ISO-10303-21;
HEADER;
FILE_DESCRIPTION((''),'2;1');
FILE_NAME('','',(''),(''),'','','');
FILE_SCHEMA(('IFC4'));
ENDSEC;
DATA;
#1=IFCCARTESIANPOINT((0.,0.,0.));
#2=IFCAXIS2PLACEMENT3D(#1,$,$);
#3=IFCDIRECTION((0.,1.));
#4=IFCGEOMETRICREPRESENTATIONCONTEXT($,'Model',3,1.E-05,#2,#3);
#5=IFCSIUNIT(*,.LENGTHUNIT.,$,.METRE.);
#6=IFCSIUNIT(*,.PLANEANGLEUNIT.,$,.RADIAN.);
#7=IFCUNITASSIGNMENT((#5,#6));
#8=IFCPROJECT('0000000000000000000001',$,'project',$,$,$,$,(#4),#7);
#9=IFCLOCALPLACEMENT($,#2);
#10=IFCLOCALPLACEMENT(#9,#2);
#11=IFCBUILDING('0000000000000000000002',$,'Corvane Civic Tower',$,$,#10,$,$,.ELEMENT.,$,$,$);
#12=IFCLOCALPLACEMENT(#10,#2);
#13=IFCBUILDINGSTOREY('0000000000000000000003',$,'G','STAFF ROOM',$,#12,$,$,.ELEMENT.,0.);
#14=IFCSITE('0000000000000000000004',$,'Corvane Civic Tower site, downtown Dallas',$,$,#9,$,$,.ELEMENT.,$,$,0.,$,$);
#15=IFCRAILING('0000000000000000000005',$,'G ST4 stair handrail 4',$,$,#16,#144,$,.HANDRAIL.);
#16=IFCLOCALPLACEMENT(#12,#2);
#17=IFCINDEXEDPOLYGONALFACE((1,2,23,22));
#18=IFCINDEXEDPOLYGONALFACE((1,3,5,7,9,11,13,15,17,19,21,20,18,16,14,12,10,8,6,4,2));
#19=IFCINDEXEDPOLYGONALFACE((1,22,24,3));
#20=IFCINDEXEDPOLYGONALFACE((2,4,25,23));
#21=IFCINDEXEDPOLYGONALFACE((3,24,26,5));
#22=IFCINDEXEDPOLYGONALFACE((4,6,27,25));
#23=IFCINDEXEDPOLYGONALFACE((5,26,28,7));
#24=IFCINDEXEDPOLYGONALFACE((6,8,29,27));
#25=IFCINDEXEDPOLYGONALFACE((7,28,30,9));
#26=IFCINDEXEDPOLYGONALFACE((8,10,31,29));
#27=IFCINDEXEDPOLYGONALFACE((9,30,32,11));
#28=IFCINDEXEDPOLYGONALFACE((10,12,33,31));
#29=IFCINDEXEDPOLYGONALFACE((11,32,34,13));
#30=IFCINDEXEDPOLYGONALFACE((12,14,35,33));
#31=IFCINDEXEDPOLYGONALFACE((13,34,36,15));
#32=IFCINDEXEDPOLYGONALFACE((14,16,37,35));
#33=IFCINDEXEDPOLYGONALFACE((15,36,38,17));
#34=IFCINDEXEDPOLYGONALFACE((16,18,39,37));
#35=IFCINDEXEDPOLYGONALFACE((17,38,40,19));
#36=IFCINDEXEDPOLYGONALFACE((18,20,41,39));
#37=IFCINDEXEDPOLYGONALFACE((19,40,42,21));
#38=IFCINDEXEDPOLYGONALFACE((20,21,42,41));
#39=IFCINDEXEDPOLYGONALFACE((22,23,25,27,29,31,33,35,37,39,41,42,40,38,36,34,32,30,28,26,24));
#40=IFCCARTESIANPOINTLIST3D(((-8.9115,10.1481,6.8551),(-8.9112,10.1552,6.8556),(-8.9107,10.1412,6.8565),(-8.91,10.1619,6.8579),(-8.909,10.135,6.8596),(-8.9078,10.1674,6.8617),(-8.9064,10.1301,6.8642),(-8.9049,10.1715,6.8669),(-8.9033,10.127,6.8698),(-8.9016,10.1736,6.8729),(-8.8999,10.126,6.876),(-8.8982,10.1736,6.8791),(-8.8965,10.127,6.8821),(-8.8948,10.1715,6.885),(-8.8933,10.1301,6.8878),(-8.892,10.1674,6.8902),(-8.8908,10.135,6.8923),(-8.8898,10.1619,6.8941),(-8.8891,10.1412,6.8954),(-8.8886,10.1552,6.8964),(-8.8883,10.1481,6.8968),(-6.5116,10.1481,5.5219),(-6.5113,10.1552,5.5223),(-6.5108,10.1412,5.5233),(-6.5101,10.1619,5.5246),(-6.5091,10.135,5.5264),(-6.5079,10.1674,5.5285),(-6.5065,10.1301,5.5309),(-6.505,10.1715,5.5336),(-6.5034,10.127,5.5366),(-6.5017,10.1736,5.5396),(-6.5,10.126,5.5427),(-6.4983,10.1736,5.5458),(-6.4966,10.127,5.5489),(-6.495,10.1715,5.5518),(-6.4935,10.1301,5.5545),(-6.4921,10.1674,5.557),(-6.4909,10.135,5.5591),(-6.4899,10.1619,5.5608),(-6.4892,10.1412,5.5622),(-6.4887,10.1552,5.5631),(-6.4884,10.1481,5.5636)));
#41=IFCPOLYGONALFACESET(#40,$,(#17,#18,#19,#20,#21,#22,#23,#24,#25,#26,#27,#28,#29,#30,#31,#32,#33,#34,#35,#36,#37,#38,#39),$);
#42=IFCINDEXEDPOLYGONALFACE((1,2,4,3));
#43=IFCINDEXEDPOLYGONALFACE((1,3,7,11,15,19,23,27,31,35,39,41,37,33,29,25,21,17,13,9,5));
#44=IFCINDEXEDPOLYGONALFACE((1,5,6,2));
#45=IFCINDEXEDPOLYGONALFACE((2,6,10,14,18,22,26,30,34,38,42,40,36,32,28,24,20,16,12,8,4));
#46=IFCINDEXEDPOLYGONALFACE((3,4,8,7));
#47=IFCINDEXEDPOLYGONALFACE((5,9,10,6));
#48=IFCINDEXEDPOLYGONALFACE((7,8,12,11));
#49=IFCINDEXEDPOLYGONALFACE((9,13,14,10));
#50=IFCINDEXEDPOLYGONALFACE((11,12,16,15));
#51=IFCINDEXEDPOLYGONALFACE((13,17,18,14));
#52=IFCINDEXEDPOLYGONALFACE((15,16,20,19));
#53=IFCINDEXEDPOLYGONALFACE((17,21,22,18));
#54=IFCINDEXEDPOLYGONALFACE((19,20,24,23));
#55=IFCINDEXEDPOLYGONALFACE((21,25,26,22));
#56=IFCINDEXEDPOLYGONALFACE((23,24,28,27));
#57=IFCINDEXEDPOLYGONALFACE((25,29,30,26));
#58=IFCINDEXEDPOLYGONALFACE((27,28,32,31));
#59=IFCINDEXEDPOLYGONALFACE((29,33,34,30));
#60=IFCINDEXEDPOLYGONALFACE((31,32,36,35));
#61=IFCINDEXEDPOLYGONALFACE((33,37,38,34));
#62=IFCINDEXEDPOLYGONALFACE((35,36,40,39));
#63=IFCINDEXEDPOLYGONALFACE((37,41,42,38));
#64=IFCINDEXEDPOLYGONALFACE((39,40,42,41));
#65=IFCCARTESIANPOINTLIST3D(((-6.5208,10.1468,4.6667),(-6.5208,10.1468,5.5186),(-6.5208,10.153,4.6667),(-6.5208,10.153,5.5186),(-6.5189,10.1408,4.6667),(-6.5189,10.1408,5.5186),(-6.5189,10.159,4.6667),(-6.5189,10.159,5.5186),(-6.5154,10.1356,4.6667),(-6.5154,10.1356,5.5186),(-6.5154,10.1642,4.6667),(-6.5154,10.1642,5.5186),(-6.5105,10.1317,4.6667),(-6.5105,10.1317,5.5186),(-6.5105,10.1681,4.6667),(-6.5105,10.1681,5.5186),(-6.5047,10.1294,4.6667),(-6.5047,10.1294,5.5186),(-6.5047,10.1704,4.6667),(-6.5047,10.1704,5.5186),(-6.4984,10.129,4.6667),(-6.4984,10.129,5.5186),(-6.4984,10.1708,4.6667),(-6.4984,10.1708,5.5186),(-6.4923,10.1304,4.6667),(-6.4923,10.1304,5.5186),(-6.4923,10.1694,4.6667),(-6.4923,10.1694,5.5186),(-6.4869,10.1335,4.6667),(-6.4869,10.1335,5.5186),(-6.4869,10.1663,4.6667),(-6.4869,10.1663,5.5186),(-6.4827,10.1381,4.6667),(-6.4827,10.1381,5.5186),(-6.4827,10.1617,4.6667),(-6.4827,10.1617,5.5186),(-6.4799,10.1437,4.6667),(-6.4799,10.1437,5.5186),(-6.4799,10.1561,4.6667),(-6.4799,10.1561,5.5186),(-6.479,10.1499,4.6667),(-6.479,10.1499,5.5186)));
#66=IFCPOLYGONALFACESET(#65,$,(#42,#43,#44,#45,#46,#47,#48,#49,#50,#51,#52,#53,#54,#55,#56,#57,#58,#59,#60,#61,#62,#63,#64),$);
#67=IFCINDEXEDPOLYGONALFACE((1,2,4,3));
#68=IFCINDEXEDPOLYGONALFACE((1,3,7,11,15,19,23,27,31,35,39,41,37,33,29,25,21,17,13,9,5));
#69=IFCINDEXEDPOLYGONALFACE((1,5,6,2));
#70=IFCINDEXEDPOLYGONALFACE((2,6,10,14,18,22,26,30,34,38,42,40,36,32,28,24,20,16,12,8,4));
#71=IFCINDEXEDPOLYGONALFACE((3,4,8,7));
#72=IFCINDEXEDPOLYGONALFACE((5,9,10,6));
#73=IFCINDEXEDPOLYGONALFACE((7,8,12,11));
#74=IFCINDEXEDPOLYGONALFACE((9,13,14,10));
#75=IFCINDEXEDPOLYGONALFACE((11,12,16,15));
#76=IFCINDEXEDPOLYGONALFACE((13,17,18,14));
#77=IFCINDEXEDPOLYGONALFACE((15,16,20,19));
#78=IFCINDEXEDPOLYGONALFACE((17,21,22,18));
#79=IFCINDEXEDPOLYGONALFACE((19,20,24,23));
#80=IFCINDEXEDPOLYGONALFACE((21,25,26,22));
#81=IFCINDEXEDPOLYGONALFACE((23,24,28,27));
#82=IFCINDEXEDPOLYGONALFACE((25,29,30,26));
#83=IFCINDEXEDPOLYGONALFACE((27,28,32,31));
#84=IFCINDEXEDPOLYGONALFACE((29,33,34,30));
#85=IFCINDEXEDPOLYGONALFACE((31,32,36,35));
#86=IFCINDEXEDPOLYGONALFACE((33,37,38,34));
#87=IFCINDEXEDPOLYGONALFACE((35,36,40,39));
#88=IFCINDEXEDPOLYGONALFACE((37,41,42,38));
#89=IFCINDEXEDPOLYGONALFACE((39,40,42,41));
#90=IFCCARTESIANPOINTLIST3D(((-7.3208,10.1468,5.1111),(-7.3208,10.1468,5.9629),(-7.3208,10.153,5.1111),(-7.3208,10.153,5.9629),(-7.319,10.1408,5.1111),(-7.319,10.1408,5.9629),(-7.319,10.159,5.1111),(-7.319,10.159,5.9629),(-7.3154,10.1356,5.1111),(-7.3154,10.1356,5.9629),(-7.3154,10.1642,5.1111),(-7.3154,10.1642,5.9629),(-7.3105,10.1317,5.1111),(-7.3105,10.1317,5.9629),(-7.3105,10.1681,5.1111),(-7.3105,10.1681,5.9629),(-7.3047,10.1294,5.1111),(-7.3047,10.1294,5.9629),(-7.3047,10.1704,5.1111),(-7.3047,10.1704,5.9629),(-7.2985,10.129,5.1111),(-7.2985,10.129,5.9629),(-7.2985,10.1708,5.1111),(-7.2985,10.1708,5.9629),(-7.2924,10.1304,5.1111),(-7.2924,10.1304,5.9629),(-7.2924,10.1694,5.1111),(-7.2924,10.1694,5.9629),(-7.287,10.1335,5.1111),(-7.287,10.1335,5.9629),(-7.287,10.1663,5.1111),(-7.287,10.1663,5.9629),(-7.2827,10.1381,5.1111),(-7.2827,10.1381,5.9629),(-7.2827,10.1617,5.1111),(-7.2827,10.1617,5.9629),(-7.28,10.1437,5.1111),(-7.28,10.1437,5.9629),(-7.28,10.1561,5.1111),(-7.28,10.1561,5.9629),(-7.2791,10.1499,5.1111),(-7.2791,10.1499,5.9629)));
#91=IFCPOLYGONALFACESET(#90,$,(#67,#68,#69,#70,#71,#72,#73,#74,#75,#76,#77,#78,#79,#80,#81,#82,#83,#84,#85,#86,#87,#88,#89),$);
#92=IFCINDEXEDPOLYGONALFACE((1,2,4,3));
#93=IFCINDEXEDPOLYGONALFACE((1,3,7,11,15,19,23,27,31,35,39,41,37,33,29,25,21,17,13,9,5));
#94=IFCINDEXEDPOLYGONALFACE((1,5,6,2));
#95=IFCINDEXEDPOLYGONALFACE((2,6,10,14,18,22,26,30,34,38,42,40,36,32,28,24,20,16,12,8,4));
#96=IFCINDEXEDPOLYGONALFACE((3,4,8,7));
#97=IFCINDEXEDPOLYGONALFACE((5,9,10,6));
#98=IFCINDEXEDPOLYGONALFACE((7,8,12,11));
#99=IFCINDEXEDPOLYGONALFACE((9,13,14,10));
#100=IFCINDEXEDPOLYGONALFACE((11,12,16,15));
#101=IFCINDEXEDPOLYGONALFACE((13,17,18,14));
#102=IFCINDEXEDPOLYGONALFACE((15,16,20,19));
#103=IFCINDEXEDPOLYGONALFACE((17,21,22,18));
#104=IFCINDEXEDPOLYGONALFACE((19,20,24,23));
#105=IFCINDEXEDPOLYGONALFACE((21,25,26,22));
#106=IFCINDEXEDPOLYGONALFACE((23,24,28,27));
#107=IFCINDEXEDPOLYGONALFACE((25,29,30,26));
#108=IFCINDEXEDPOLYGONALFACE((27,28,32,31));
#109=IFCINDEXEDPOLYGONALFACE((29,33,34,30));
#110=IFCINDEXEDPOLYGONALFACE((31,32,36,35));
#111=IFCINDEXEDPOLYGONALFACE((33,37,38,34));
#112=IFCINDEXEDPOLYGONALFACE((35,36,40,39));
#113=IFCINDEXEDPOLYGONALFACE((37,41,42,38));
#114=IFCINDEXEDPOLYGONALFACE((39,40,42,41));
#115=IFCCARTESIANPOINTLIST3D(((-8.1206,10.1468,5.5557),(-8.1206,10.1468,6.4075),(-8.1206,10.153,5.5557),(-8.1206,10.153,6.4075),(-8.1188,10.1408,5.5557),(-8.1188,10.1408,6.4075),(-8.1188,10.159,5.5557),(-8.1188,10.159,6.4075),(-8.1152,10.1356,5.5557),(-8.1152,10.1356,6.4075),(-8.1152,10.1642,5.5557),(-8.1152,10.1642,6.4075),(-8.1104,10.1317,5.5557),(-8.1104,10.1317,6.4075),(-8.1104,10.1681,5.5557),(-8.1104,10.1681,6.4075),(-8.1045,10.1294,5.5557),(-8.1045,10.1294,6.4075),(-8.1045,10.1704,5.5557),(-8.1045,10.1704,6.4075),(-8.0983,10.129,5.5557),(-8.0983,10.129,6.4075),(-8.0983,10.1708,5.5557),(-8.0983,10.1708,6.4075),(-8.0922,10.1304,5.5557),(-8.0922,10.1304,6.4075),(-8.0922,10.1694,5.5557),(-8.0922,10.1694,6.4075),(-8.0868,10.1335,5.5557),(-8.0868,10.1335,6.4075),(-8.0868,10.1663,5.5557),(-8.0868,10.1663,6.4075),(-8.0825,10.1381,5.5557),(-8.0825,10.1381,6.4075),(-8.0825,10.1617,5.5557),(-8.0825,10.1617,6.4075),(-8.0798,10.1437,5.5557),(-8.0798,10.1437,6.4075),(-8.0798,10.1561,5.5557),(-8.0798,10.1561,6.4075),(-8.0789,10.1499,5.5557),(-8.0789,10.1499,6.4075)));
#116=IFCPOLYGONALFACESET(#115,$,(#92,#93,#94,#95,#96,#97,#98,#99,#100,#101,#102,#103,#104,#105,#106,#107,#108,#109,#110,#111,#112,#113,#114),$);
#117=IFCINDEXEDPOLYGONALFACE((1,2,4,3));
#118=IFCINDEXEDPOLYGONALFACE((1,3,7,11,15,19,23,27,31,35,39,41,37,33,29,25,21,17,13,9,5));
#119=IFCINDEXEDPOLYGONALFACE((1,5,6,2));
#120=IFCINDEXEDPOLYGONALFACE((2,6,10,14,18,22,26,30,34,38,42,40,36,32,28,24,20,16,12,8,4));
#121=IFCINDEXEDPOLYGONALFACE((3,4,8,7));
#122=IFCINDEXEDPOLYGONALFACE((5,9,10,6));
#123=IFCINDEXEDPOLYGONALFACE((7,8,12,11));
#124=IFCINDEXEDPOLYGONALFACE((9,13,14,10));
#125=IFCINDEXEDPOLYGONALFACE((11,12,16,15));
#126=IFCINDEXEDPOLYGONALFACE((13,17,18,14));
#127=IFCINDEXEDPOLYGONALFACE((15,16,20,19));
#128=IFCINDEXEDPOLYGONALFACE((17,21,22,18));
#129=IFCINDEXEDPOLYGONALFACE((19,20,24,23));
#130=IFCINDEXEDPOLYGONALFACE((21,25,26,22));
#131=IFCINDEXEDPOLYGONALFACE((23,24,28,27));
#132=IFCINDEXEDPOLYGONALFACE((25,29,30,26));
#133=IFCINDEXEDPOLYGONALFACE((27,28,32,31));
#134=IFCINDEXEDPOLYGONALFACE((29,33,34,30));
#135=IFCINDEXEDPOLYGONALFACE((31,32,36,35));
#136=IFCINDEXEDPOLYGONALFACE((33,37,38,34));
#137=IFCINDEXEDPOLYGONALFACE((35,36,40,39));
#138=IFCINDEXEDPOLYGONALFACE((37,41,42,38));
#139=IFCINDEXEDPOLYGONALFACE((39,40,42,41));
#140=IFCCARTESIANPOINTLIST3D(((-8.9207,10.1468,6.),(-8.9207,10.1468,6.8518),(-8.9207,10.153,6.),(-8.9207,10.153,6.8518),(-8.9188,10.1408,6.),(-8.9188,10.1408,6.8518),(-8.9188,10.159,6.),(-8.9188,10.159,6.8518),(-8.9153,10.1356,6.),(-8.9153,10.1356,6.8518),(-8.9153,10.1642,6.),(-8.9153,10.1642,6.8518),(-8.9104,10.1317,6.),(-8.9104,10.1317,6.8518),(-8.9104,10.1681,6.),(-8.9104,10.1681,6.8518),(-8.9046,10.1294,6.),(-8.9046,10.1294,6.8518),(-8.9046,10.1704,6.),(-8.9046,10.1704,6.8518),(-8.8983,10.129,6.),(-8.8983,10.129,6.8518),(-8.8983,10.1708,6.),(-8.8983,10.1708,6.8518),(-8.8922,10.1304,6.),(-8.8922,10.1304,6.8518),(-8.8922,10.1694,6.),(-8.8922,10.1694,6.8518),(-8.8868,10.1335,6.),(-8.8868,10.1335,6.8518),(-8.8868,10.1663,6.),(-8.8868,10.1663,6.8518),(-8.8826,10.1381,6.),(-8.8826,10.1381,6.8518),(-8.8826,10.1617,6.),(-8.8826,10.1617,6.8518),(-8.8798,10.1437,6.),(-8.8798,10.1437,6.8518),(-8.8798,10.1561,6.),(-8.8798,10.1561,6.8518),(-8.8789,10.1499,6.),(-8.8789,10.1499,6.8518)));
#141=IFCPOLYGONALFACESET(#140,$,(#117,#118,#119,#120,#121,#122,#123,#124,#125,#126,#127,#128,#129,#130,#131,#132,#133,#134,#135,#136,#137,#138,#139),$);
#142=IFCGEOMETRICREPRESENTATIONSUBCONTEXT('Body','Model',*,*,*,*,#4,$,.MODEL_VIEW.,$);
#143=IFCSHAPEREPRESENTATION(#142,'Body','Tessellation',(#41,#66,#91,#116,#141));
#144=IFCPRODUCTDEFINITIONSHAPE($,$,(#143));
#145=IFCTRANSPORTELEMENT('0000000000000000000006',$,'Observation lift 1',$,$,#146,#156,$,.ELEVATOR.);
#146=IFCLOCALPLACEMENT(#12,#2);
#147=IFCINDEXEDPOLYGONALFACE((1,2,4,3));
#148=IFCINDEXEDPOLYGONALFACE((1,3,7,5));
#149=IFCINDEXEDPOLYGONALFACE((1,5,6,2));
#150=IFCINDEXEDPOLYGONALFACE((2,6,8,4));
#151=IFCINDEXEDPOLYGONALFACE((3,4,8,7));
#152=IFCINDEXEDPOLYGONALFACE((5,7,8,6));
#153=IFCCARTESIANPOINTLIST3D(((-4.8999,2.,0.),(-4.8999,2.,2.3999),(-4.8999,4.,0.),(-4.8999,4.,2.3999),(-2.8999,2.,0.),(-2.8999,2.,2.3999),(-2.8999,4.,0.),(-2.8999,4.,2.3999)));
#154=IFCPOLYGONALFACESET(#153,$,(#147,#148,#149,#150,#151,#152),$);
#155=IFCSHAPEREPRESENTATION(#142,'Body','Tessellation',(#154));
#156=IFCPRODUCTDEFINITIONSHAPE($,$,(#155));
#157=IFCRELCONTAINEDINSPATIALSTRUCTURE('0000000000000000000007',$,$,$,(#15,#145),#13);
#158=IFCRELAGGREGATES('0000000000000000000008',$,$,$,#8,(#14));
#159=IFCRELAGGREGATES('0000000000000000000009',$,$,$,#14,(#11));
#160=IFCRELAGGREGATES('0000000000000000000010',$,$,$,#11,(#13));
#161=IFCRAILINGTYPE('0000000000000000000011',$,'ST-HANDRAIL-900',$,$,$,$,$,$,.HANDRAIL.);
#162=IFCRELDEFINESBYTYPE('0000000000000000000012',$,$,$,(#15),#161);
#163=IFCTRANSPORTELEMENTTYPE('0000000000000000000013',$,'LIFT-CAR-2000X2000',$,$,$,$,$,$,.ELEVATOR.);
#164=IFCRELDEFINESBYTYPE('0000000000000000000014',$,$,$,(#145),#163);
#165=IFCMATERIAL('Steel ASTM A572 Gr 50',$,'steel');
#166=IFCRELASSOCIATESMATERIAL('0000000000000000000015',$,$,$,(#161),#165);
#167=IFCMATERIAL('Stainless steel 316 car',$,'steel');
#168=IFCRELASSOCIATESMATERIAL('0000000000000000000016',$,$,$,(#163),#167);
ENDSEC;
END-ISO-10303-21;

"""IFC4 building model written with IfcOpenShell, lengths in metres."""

from ifc_helpers import new_model, si_unit, direction, frame, origin, origin_2d, place, context, subcontext, project, spatial, rectangle, circle, extrude, material, type_object, element, save


model = new_model("IFC4")

# Units and contexts
model_context = context("Model", 3, precision=1e-05, world=origin(), true_north=direction((0.0, 1.0)))
body_context = subcontext(model_context, "Body", "Model", "MODEL_VIEW")
ifc_project = project(units=[si_unit("LENGTHUNIT", "METRE"), si_unit("PLANEANGLEUNIT", "RADIAN")], contexts=[model_context])

# Site, building, storey
site_placement = place(None, origin())
site = spatial("IfcSite", under=ifc_project, at=site_placement, Name="Corvane Civic Tower site, downtown Dallas", CompositionType="ELEMENT", RefElevation=0.0)
building_placement = place(site_placement, origin())
building = spatial("IfcBuilding", under=site, at=building_placement, Name="Corvane Civic Tower", CompositionType="ELEMENT")
storey_placement = place(building_placement, origin())
storey = spatial("IfcBuildingStorey", under=building, at=storey_placement, Name="G", Description="STAFF ROOM", CompositionType="ELEMENT", Elevation=0.0)

# Railing
ifc_material_1 = material(Name="Steel ASTM A572 Gr 50", Category="steel")
railing_type = type_object("IfcRailingType", Name="ST-HANDRAIL-900", PredefinedType="HANDRAIL", material=ifc_material_1)
for number, where, name in (
    (1, (-6.5, 10.1499, 4.6667), "G ST4 stair handrail 4"),
):
    element("IfcRailing", number, at=place(storey_placement, frame(where)), inside=storey, type_object=railing_type, Name=name, PredefinedType="HANDRAIL", context=body_context, shape_type="SweptSolid", body=[
        extrude(circle(Radius=0.0239, at=origin_2d()), frame((0.0, 0.0, 0.876), z_axis=(-0.874161, 0.0, 0.485635), x_axis=(0.0, -1.0, 0.0)), (0.0, 0.0, 1.0), 2.7454),
        extrude(circle(Radius=0.021, at=origin_2d()), origin(), (0.0, 0.0, 1.0), 0.8518),
        extrude(circle(Radius=0.021, at=origin_2d()), frame((-0.8, 0.0, 0.4443)), (0.0, 0.0, 1.0), 0.8518),
        extrude(circle(Radius=0.021, at=origin_2d()), frame((-1.5999, 0.0, 0.8889)), (0.0, 0.0, 1.0), 0.8518),
        extrude(circle(Radius=0.021, at=origin_2d()), frame((-2.3999, 0.0, 1.3333)), (0.0, 0.0, 1.0), 0.8518),
    ])

# Transport element
ifc_material_2 = material(Name="Stainless steel 316 car", Category="steel")
transport_element_type = type_object("IfcTransportElementType", Name="LIFT-CAR-2000X2000", PredefinedType="ELEVATOR", material=ifc_material_2)
transport_element_placement = place(storey_placement, frame((-3.8999, 3.0, 0.0), z_axis=(0.0, 0.0, 1.0), x_axis=(1.0, 0.0, 0.0)))
element("IfcTransportElement", 2, at=transport_element_placement, inside=storey, type_object=transport_element_type, Name="Observation lift 1", PredefinedType="ELEVATOR", context=body_context, shape_type="SweptSolid", body=[
    extrude(rectangle(XDim=2.0, YDim=2.0, at=origin_2d()), origin(), (0.0, 0.0, 1.0), 2.3999),
])

save(model, "model.ifc")
